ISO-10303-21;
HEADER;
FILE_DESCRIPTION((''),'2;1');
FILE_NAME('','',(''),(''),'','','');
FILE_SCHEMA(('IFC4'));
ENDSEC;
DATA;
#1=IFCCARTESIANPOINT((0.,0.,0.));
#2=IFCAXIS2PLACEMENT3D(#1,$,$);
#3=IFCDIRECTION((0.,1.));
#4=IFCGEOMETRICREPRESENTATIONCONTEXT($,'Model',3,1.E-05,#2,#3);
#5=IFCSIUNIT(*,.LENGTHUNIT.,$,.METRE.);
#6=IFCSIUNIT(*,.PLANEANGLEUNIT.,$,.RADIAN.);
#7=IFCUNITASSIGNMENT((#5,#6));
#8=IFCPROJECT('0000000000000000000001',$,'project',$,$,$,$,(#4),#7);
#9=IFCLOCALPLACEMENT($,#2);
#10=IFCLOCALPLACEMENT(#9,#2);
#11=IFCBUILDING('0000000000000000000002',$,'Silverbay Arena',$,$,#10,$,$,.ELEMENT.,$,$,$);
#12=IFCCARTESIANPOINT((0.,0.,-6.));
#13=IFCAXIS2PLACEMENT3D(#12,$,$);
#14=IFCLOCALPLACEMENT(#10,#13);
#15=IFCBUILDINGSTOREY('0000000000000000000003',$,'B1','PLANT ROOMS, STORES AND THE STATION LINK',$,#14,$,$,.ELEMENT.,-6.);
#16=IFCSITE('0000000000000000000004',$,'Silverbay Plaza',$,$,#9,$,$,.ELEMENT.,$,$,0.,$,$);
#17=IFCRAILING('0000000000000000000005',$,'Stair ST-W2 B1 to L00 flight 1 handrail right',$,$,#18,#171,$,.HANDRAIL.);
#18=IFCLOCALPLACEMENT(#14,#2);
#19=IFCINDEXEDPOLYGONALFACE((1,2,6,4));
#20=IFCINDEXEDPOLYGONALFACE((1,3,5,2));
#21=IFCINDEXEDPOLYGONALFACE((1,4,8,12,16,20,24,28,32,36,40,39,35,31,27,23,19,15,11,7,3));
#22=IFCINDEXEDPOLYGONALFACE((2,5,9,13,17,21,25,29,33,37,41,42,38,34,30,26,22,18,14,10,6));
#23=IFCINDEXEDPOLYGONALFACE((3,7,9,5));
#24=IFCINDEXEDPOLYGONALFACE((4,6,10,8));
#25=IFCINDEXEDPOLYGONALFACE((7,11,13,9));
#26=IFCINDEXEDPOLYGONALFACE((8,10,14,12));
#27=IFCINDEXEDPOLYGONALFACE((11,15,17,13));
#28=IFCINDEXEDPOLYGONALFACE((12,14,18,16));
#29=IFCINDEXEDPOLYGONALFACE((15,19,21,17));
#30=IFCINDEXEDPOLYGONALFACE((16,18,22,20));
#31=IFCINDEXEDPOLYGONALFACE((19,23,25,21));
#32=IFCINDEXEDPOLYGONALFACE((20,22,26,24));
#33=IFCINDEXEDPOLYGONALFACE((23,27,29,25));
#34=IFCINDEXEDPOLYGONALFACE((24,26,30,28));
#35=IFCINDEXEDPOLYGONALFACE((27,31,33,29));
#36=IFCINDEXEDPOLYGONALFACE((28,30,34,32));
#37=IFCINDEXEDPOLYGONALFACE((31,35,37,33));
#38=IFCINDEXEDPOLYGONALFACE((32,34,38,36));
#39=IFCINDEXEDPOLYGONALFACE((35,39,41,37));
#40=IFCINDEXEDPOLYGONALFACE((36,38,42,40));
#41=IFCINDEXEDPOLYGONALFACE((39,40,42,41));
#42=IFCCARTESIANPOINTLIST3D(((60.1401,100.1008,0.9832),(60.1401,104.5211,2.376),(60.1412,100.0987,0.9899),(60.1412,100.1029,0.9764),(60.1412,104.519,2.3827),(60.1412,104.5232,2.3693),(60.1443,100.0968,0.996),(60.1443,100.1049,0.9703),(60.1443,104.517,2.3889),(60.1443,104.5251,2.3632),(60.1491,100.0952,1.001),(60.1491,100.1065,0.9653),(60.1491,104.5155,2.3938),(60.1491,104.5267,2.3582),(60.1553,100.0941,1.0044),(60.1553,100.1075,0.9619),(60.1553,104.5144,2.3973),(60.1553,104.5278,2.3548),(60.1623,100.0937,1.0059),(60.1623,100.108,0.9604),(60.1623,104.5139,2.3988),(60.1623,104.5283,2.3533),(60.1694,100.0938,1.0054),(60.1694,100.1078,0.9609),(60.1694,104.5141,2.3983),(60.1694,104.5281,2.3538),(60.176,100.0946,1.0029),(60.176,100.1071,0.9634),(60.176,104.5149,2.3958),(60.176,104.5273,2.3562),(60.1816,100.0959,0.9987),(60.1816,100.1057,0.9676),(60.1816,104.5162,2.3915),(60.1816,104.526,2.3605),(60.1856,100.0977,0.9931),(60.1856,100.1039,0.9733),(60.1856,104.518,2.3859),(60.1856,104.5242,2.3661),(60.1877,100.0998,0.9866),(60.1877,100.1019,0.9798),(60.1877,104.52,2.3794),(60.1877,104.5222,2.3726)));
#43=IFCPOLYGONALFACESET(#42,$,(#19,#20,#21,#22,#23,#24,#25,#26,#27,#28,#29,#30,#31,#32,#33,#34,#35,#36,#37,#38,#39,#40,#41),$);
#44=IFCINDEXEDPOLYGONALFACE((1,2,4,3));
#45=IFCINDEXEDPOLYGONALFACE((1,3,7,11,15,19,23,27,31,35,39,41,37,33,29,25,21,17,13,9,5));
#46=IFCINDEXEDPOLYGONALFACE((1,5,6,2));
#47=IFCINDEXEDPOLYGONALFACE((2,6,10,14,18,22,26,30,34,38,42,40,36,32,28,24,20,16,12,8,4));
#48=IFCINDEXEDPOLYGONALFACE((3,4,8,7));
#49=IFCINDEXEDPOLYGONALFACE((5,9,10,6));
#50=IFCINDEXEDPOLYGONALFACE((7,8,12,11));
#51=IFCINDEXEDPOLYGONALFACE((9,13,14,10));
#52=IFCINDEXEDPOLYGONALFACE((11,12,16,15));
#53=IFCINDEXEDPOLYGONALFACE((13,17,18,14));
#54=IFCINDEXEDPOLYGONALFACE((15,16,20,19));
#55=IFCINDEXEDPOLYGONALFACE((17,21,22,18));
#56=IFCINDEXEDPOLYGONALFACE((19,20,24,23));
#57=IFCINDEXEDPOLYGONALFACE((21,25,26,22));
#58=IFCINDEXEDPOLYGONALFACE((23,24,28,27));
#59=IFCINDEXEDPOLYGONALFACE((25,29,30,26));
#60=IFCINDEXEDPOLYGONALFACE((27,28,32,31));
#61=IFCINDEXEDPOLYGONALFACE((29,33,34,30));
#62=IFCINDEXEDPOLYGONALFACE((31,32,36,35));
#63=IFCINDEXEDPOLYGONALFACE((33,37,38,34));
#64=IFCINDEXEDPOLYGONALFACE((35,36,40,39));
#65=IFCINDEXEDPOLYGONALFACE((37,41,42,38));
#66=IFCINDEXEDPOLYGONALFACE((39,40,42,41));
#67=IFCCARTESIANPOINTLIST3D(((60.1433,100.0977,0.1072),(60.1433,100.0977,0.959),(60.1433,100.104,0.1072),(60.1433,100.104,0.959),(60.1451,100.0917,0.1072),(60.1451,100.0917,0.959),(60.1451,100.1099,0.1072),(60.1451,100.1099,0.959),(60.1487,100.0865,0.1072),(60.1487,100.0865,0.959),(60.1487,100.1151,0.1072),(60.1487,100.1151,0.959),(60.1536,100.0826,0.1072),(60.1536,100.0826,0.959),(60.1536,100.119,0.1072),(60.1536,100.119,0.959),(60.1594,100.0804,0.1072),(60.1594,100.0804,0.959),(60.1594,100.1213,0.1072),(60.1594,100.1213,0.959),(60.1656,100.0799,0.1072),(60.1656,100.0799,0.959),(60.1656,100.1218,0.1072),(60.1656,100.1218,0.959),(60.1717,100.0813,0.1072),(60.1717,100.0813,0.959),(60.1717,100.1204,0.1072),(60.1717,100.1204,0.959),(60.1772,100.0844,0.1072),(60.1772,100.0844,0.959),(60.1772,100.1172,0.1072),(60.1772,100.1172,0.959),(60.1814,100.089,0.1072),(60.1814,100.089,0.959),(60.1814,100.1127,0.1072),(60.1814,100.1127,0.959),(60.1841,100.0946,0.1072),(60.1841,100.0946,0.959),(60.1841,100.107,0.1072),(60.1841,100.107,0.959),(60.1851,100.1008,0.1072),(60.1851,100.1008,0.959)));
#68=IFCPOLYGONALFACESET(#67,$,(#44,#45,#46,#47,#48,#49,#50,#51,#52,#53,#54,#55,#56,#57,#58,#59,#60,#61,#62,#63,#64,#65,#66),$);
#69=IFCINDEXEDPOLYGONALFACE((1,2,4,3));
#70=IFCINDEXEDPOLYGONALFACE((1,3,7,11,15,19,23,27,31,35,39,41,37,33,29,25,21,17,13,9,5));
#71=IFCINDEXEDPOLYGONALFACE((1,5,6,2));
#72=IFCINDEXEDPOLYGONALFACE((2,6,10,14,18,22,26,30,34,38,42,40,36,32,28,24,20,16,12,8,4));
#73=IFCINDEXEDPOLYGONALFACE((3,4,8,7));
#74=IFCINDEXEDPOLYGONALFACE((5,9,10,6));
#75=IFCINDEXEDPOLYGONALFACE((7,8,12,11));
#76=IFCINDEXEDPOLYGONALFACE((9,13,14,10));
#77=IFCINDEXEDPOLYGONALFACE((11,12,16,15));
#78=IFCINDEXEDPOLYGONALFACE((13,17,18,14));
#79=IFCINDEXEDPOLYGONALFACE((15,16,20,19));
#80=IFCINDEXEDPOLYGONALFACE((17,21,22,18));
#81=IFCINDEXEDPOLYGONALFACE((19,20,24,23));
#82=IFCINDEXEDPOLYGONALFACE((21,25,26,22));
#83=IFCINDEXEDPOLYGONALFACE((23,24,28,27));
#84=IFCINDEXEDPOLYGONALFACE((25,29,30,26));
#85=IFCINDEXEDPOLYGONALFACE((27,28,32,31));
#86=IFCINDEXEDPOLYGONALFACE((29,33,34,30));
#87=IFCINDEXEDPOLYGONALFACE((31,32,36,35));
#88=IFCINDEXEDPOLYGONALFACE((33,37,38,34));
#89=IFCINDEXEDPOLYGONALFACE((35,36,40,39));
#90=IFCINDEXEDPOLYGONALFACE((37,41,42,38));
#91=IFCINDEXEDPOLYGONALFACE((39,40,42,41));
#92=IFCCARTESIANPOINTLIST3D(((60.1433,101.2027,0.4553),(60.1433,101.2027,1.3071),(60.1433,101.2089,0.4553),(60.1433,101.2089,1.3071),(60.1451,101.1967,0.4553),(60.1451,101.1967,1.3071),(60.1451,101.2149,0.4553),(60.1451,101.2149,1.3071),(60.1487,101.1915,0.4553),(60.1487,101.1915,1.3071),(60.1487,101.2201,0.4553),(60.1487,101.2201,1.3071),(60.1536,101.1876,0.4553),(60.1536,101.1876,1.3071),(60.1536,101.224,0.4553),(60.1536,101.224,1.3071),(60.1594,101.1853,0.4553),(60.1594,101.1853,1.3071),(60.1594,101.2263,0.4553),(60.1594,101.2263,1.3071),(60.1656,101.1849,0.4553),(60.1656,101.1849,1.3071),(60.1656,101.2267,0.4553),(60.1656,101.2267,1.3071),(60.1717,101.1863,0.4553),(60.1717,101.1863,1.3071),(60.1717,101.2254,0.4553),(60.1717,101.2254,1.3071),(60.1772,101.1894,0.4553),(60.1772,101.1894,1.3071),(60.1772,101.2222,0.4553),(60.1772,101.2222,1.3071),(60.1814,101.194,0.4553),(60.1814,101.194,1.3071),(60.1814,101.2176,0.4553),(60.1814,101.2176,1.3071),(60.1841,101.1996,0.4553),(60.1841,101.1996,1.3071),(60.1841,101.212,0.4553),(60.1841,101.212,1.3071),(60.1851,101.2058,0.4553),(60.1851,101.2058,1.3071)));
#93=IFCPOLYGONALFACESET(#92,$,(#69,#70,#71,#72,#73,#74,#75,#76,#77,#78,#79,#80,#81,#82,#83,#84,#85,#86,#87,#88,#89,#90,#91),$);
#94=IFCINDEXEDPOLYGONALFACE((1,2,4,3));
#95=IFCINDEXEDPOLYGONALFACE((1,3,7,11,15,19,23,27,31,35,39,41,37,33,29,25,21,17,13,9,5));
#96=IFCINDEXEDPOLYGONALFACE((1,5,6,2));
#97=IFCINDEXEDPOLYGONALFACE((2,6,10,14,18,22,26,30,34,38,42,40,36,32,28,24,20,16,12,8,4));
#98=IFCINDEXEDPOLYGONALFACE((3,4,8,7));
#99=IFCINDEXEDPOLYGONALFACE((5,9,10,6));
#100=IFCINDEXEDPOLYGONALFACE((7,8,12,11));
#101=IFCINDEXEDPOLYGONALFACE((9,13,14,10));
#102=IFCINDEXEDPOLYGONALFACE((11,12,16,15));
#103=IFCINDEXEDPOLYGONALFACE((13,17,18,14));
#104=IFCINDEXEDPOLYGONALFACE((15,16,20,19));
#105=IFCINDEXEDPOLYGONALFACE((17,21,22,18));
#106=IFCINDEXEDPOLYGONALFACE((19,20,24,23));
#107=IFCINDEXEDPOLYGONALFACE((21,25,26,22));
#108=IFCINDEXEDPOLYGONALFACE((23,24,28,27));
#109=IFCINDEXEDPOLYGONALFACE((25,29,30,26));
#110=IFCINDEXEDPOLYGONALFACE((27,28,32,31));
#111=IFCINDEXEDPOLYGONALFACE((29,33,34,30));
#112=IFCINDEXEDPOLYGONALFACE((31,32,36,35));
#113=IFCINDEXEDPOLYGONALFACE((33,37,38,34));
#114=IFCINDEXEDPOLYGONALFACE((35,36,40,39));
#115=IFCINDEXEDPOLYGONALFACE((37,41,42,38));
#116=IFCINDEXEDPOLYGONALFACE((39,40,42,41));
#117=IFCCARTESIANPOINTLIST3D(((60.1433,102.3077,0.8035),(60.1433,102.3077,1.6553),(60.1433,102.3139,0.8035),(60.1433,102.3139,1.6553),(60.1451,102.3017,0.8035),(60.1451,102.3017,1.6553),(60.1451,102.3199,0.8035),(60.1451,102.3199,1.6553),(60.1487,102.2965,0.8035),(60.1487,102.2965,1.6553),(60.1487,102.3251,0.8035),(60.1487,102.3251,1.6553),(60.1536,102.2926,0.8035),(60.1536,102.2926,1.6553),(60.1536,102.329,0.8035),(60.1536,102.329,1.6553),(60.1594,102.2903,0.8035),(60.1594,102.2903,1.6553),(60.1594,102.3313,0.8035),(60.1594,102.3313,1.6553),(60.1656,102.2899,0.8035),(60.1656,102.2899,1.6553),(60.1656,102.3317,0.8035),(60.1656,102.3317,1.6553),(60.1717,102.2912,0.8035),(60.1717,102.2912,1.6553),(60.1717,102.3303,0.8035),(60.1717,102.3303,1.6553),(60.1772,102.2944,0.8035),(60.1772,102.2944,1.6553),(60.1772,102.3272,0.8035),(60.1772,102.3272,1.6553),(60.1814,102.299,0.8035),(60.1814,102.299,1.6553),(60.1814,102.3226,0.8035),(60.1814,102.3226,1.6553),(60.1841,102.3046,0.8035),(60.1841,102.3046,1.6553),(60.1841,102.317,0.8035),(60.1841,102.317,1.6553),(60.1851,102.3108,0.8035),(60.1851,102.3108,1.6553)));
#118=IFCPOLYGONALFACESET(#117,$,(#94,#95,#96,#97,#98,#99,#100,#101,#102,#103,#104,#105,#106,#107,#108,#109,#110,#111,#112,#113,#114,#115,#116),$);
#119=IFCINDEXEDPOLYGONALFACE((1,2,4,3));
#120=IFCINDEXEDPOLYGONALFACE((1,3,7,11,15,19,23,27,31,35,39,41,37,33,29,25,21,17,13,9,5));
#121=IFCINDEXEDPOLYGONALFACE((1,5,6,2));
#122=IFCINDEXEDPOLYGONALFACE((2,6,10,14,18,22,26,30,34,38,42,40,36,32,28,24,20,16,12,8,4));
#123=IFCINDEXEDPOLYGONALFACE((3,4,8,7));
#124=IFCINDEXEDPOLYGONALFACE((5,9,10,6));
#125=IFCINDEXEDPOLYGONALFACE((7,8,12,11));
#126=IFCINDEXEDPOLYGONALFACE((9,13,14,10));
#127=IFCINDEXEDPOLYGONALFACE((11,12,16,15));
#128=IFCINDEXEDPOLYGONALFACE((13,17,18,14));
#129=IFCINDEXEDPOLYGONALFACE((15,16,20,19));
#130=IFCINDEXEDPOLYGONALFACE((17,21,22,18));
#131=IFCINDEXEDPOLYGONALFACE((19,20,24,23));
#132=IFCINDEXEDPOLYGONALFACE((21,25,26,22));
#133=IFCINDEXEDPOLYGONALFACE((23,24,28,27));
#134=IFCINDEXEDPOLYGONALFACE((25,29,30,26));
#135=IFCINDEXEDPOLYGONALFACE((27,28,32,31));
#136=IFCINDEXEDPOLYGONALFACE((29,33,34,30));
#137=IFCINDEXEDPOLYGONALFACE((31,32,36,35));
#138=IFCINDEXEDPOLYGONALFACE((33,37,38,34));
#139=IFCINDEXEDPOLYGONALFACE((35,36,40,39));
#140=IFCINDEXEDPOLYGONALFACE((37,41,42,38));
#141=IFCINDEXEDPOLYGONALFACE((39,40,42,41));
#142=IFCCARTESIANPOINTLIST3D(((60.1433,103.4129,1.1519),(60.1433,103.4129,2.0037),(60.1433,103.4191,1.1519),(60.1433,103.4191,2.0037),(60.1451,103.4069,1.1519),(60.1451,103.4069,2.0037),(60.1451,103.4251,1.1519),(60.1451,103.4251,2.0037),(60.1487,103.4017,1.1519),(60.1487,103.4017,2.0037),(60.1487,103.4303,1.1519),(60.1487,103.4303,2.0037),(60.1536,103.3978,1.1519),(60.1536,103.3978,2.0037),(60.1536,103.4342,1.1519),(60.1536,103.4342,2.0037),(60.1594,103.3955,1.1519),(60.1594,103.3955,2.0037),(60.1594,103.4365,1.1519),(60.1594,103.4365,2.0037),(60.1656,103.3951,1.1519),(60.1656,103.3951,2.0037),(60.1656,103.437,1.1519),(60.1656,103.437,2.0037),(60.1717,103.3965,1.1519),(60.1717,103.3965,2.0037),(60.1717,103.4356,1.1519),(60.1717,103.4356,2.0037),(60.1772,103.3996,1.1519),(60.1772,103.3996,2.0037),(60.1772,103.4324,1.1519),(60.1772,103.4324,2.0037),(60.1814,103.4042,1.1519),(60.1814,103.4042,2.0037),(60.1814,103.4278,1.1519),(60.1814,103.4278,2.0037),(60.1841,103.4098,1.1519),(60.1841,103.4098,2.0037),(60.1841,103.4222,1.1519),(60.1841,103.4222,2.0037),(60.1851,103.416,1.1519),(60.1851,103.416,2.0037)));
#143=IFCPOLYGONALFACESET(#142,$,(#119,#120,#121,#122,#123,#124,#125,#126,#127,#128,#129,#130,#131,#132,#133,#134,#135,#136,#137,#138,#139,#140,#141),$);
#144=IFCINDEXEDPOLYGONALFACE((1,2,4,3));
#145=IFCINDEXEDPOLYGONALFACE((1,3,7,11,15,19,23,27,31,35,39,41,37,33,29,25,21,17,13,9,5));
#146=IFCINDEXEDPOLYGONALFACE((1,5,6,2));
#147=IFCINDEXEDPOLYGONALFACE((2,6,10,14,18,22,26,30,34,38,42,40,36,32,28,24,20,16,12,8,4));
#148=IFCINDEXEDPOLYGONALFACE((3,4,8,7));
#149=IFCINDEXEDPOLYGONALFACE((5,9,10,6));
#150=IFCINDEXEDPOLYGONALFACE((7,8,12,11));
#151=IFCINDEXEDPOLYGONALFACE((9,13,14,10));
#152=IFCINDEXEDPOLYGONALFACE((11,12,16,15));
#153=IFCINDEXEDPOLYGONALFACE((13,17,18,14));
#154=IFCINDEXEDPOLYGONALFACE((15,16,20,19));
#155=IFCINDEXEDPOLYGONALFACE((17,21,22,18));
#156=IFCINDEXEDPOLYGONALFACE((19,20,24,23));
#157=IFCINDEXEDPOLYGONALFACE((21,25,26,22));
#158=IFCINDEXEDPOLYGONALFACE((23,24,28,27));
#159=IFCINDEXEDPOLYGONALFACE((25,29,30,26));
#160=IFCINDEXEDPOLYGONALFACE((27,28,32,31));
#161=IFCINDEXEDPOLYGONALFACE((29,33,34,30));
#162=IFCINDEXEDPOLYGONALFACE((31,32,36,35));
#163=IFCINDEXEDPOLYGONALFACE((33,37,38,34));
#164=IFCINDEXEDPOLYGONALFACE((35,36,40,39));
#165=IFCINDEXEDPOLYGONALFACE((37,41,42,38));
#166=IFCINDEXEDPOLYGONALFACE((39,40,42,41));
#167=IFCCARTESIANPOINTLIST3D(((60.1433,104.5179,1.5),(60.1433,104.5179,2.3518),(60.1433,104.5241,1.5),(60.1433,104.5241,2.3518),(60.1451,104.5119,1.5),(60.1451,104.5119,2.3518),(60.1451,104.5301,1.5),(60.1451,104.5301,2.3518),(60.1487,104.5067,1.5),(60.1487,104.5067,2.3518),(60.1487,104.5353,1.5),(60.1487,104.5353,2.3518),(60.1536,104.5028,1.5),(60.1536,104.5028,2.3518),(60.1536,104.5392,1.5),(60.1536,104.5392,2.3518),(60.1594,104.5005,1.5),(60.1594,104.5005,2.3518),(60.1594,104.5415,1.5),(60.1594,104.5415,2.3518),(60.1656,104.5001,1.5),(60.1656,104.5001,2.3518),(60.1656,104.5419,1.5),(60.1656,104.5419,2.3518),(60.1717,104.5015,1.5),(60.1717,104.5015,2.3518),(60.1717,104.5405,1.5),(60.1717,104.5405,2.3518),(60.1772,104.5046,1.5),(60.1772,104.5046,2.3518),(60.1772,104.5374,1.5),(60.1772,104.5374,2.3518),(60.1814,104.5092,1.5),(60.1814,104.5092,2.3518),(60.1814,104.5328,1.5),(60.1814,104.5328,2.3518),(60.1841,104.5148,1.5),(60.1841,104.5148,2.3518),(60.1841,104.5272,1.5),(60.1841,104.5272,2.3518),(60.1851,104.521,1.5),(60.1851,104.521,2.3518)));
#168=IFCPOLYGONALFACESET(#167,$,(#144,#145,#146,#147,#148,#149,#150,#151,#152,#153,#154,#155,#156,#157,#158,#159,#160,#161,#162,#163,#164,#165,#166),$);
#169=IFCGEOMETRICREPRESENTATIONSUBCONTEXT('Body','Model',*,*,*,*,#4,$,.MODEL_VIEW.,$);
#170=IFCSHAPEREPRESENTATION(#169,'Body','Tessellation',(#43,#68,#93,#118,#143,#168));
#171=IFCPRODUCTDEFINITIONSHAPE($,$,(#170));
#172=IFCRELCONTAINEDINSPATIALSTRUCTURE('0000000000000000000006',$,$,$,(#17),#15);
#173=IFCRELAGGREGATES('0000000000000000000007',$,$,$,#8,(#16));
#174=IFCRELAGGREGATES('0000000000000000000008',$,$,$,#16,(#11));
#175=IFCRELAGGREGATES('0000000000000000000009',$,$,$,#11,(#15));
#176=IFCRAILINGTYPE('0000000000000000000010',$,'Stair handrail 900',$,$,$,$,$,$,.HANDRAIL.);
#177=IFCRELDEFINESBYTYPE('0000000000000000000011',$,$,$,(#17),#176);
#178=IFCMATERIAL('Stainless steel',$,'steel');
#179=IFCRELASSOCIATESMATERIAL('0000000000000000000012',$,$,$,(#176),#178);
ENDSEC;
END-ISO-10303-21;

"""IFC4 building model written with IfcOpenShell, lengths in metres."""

from ifc_helpers import new_model, si_unit, direction, frame, origin, origin_2d, place, context, subcontext, project, spatial, circle, extrude, material, type_object, element, save


model = new_model("IFC4")

# Units and contexts
model_context = context("Model", 3, precision=1e-05, world=origin(), true_north=direction((0.0, 1.0)))
body_context = subcontext(model_context, "Body", "Model", "MODEL_VIEW")
ifc_project = project(units=[si_unit("LENGTHUNIT", "METRE"), si_unit("PLANEANGLEUNIT", "RADIAN")], contexts=[model_context])

# Site, building, storey
site_placement = place(None, origin())
site = spatial("IfcSite", under=ifc_project, at=site_placement, Name="Silverbay Plaza", CompositionType="ELEMENT", RefElevation=0.0)
building_placement = place(site_placement, origin())
building = spatial("IfcBuilding", under=site, at=building_placement, Name="Silverbay Arena", CompositionType="ELEMENT")
storey_placement = place(building_placement, frame((0.0, 0.0, -6.0)))
storey = spatial("IfcBuildingStorey", under=building, at=storey_placement, Name="B1", Description="PLANT ROOMS, STORES AND THE STATION LINK", CompositionType="ELEMENT", Elevation=-6.0)

# Railing
ifc_material_1 = material(Name="Stainless steel", Category="steel")
railing_type_1 = type_object("IfcRailingType", Name="Stair handrail 900", PredefinedType="HANDRAIL", material=ifc_material_1)
for number, where, name in (
    (1, (60.1641, 100.1008, 0.1072), "Stair ST-W2 B1 to L00 flight 1 handrail right"),
):
    element("IfcRailing", number, at=place(storey_placement, frame(where)), inside=storey, type_object=railing_type_1, Name=name, PredefinedType="HANDRAIL", context=body_context, shape_type="SweptSolid", body=[
        extrude(circle(Radius=0.0239, at=origin_2d()), frame((0.0, 0.0, 0.876), z_axis=(0.0, 0.95377, 0.300539), x_axis=(-1.0, 0.0, 0.0)), (0.0, 0.0, 1.0), 4.6345),
        extrude(circle(Radius=0.021, at=origin_2d()), origin(), (0.0, 0.0, 1.0), 0.8518),
        extrude(circle(Radius=0.021, at=origin_2d()), frame((0.0, 1.105, 0.3481)), (0.0, 0.0, 1.0), 0.8518),
        extrude(circle(Radius=0.021, at=origin_2d()), frame((0.0, 2.21, 0.6963)), (0.0, 0.0, 1.0), 0.8518),
        extrude(circle(Radius=0.021, at=origin_2d()), frame((0.0, 3.3152, 1.0447)), (0.0, 0.0, 1.0), 0.8518),
        extrude(circle(Radius=0.021, at=origin_2d()), frame((0.0, 4.4202, 1.3928)), (0.0, 0.0, 1.0), 0.8518),
    ])

save(model, "model.ifc")
